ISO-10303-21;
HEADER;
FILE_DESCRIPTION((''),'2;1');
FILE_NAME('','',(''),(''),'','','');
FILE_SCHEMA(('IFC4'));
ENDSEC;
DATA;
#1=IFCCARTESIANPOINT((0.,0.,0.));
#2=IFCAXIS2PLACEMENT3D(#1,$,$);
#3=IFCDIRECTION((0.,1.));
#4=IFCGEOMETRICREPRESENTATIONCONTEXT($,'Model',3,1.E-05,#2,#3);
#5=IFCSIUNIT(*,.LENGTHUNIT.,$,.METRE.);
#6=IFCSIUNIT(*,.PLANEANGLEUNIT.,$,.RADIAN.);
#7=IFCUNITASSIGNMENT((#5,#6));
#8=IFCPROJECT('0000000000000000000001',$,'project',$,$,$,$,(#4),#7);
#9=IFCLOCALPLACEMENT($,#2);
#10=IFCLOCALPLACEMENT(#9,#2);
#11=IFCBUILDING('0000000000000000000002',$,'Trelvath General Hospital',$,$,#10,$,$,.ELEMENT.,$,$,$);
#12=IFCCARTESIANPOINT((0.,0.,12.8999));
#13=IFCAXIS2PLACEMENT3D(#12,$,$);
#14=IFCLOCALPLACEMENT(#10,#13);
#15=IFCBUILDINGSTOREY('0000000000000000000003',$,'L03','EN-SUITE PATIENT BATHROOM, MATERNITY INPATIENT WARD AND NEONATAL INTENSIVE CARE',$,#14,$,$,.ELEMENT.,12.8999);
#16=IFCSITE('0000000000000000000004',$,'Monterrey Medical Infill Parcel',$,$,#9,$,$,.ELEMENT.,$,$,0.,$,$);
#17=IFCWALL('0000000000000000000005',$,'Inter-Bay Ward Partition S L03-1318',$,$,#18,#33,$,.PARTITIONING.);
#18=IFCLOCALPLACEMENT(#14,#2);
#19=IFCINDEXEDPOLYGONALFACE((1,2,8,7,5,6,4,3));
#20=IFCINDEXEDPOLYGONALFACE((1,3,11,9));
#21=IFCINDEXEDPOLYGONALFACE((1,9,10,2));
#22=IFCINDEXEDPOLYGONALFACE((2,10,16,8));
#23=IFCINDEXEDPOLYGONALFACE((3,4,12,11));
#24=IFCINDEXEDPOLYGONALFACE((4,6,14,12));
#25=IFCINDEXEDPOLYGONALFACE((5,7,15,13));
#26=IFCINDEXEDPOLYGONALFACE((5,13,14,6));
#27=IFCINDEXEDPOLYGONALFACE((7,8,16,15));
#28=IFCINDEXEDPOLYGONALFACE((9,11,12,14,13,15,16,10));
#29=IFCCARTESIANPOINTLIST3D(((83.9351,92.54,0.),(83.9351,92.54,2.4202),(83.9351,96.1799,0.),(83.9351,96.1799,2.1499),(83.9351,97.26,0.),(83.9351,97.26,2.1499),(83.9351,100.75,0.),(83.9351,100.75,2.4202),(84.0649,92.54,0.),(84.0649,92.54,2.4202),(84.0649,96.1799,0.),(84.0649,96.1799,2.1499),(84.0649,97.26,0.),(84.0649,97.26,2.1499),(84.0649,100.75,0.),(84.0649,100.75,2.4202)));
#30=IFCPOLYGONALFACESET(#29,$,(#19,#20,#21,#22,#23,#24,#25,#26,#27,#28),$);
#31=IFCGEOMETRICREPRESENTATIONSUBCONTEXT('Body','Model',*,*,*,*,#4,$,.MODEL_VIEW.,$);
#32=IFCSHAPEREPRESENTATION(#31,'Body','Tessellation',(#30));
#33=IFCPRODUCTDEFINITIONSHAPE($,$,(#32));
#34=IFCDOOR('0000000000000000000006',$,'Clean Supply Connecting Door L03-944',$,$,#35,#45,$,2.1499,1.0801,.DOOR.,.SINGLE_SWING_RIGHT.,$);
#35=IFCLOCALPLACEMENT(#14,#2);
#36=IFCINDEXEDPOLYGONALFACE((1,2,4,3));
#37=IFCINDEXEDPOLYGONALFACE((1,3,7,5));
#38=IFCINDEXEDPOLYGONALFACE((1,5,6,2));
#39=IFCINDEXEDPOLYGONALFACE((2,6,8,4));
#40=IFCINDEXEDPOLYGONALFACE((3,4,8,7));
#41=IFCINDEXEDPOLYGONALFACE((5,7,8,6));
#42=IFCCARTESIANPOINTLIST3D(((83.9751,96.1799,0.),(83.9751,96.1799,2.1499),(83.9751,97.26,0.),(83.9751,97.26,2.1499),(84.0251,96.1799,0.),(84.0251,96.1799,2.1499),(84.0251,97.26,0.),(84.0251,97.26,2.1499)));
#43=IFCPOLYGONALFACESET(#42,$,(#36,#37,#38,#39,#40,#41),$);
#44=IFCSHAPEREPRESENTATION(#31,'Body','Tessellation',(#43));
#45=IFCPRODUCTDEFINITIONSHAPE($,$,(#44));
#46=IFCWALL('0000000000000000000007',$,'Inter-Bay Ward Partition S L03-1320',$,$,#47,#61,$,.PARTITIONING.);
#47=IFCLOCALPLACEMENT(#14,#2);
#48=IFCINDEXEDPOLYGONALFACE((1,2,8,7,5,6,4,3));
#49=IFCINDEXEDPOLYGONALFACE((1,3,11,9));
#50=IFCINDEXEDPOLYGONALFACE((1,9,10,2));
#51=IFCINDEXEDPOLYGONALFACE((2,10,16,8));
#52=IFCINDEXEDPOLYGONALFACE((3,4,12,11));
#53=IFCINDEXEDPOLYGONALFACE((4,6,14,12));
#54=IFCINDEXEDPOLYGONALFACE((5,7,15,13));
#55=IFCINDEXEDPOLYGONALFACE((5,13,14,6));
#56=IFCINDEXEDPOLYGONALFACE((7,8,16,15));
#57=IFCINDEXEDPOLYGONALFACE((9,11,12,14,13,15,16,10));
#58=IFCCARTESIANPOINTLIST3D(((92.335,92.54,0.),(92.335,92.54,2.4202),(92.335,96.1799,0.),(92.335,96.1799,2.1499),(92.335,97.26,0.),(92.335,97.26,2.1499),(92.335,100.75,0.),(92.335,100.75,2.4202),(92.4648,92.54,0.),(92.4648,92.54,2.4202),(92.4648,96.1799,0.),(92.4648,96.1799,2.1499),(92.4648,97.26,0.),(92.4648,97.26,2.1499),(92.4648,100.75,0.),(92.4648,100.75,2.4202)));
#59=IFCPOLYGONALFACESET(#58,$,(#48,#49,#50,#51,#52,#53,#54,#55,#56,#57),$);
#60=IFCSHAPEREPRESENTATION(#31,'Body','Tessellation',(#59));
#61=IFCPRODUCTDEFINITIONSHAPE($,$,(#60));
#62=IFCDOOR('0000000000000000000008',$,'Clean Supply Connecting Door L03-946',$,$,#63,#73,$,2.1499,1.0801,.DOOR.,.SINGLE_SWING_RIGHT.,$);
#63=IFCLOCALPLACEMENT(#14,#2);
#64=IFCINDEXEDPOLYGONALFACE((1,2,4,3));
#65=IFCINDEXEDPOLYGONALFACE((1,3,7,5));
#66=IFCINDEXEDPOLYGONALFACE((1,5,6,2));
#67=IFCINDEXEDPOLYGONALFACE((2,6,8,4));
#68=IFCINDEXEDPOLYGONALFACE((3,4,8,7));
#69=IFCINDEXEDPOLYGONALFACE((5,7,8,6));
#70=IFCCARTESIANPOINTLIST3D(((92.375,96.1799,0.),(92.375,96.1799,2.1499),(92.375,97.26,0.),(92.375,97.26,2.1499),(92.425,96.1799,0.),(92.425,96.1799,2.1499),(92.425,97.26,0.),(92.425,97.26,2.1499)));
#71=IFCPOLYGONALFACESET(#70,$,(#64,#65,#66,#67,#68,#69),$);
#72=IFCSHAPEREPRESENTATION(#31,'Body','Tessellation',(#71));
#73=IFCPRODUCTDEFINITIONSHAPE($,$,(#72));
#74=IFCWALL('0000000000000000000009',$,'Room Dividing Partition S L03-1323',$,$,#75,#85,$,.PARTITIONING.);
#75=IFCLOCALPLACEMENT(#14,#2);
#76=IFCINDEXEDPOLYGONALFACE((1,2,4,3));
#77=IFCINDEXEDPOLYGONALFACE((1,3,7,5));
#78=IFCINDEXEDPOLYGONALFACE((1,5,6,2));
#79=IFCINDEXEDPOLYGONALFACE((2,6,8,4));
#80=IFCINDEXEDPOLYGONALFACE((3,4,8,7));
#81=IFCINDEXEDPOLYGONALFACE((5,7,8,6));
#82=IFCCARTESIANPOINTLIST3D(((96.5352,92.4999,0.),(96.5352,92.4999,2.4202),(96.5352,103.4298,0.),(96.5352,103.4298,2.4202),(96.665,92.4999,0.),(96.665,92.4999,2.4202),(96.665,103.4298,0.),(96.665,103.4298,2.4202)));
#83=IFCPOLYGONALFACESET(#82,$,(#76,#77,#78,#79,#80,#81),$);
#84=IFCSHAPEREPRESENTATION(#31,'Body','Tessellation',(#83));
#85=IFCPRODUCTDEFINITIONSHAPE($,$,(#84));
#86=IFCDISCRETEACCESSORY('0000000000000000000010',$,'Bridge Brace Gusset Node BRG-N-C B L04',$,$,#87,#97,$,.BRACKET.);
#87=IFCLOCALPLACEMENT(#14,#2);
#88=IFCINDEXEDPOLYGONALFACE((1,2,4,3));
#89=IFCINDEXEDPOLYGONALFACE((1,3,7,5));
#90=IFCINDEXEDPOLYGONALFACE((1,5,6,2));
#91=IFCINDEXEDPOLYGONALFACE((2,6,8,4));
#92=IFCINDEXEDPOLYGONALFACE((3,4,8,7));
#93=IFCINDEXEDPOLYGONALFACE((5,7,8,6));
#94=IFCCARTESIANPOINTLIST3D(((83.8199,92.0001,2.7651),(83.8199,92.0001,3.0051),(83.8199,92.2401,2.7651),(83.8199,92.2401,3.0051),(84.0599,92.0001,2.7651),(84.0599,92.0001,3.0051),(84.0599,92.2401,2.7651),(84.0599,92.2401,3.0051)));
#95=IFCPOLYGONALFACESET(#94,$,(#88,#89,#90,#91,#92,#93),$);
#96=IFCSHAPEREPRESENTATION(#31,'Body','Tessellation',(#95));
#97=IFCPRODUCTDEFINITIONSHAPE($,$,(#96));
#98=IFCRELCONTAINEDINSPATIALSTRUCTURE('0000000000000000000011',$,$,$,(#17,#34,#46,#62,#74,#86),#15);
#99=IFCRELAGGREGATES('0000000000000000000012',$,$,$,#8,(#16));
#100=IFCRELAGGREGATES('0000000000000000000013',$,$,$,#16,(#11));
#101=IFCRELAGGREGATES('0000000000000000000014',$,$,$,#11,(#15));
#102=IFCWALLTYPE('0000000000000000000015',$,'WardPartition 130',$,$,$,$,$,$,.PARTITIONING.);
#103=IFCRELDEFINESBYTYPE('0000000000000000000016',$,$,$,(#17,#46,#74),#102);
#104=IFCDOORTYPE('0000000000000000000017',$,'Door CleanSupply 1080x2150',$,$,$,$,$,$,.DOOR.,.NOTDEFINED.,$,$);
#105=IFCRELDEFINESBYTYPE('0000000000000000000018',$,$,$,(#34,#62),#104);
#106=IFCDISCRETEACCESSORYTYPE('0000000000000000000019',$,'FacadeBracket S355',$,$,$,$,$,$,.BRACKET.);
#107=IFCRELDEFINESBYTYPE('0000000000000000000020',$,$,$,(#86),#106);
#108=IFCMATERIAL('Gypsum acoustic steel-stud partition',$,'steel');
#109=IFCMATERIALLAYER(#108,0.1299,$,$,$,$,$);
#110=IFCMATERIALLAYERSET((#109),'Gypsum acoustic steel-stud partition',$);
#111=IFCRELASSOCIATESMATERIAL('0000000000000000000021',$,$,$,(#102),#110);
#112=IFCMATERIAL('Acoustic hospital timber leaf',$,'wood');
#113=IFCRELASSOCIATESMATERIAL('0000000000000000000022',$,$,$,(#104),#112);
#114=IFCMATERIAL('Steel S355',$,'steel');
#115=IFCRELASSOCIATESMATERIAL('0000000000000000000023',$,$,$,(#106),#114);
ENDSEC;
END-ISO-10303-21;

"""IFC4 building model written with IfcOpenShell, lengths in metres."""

from ifc_helpers import new_model, si_unit, direction, frame, frame_2d, origin, origin_2d, place, context, subcontext, project, spatial, rectangle, extrude, material, layer, layer_set, type_object, element, fill, save


model = new_model("IFC4")

# Units and contexts
model_context = context("Model", 3, precision=1e-05, world=origin(), true_north=direction((0.0, 1.0)))
body_context = subcontext(model_context, "Body", "Model", "MODEL_VIEW")
ifc_project = project(units=[si_unit("LENGTHUNIT", "METRE"), si_unit("PLANEANGLEUNIT", "RADIAN")], contexts=[model_context])

# Site, building, storey
site_placement = place(None, origin())
site = spatial("IfcSite", under=ifc_project, at=site_placement, Name="Monterrey Medical Infill Parcel", CompositionType="ELEMENT", RefElevation=0.0)
building_placement = place(site_placement, origin())
building = spatial("IfcBuilding", under=site, at=building_placement, Name="Trelvath General Hospital", CompositionType="ELEMENT")
storey_placement = place(building_placement, frame((0.0, 0.0, 12.8999)))
storey = spatial("IfcBuildingStorey", under=building, at=storey_placement, Name="L03", Description="EN-SUITE PATIENT BATHROOM, MATERNITY INPATIENT WARD AND NEONATAL INTENSIVE CARE", CompositionType="ELEMENT", Elevation=12.8999)

# Walls, openings, doors
ifc_material_1 = material(Name="Gypsum acoustic steel-stud partition", Category="steel")
ifc_layer_1 = layer(ifc_material_1, 0.1299)
ifc_layer_set_1 = layer_set([ifc_layer_1], Name="Gypsum acoustic steel-stud partition")
wall_type_1 = type_object("IfcWallType", Name="WardPartition 130", PredefinedType="PARTITIONING", material=ifc_layer_set_1)
wall_1_placement = place(storey_placement, frame((84.0, 92.54, 0.0), z_axis=(0.0, 0.0, 1.0), x_axis=(0.0, 1.0, 0.0)))
wall_1 = element("IfcWall", 1, at=wall_1_placement, inside=storey, type_object=wall_type_1, Name="Inter-Bay Ward Partition S L03-1318", PredefinedType="PARTITIONING", context=body_context, shape_type="SweptSolid", body=[
    extrude(rectangle(XDim=8.21, YDim=0.1299, at=frame_2d((4.105, 0.0))), origin(), (0.0, 0.0, 1.0), 2.4202),
])
opening_1_placement = place(wall_1_placement, frame((3.6399, 0.0, 0.0)))
opening_1 = element("IfcOpeningElement", 2, at=opening_1_placement, cuts=wall_1, PredefinedType="OPENING", context=body_context, shape_type="SweptSolid", body=[
    extrude(rectangle(XDim=1.0801, YDim=2.1499, at=frame_2d((0.54, 1.075))), frame((0.0, 0.075, 0.0), z_axis=(0.0, -1.0, 0.0), x_axis=(1.0, 0.0, 0.0)), (0.0, 0.0, 1.0), 0.1499),
])
ifc_material_2 = material(Name="Acoustic hospital timber leaf", Category="wood")
door_type_1 = type_object("IfcDoorType", Name="Door CleanSupply 1080x2150", OperationType="NOTDEFINED", PredefinedType="DOOR", material=ifc_material_2)
door_1_placement = place(opening_1_placement, origin())
door_1 = element("IfcDoor", 3, at=door_1_placement, inside=storey, type_object=door_type_1, Name="Clean Supply Connecting Door L03-944", OperationType="SINGLE_SWING_RIGHT", OverallHeight=2.1499, OverallWidth=1.0801, PredefinedType="DOOR", context=body_context, shape_type="SweptSolid", body=[
    extrude(rectangle(XDim=1.0801, YDim=2.1499, at=frame_2d((0.54, 1.075))), frame((0.0, 0.0249, 0.0), z_axis=(0.0, -1.0, 0.0), x_axis=(1.0, 0.0, 0.0)), (0.0, 0.0, 1.0), 0.05),
])
fill(opening_1, door_1)
wall_2_placement = place(storey_placement, frame((92.3999, 92.54, 0.0), z_axis=(0.0, 0.0, 1.0), x_axis=(0.0, 1.0, 0.0)))
wall_2 = element("IfcWall", 4, at=wall_2_placement, inside=storey, type_object=wall_type_1, Name="Inter-Bay Ward Partition S L03-1320", PredefinedType="PARTITIONING", context=body_context, shape_type="SweptSolid", body=[
    extrude(rectangle(XDim=8.21, YDim=0.1299, at=frame_2d((4.105, 0.0))), origin(), (0.0, 0.0, 1.0), 2.4202),
])
opening_2_placement = place(wall_2_placement, frame((3.6399, 0.0, 0.0)))
opening_2 = element("IfcOpeningElement", 5, at=opening_2_placement, cuts=wall_2, PredefinedType="OPENING", context=body_context, shape_type="SweptSolid", body=[
    extrude(rectangle(XDim=1.0801, YDim=2.1499, at=frame_2d((0.54, 1.075))), frame((0.0, 0.075, 0.0), z_axis=(0.0, -1.0, 0.0), x_axis=(1.0, 0.0, 0.0)), (0.0, 0.0, 1.0), 0.1499),
])
door_2_placement = place(opening_2_placement, origin())
door_2 = element("IfcDoor", 6, at=door_2_placement, inside=storey, type_object=door_type_1, Name="Clean Supply Connecting Door L03-946", OperationType="SINGLE_SWING_RIGHT", OverallHeight=2.1499, OverallWidth=1.0801, PredefinedType="DOOR", context=body_context, shape_type="SweptSolid", body=[
    extrude(rectangle(XDim=1.0801, YDim=2.1499, at=frame_2d((0.54, 1.075))), frame((0.0, 0.0249, 0.0), z_axis=(0.0, -1.0, 0.0), x_axis=(1.0, 0.0, 0.0)), (0.0, 0.0, 1.0), 0.05),
])
fill(opening_2, door_2)

# Wall
wall_3_placement = place(storey_placement, frame((96.6001, 92.5, 0.0), z_axis=(0.0, 0.0, 1.0), x_axis=(0.0, 1.0, 0.0)))
element("IfcWall", 7, at=wall_3_placement, inside=storey, type_object=wall_type_1, Name="Room Dividing Partition S L03-1323", PredefinedType="PARTITIONING", context=body_context, shape_type="SweptSolid", body=[
    extrude(rectangle(XDim=10.9299, YDim=0.1299, at=frame_2d((5.4648, 0.0))), origin(), (0.0, 0.0, 1.0), 2.4202),
])

# Discrete accessory
ifc_material_3 = material(Name="Steel S355", Category="steel")
discrete_accessory_type = type_object("IfcDiscreteAccessoryType", Name="FacadeBracket S355", PredefinedType="BRACKET", material=ifc_material_3)
discrete_accessory_placement = place(storey_placement, frame((83.9399, 92.1201, 2.7651), z_axis=(0.0, 0.0, 1.0), x_axis=(1.0, 0.0, 0.0)))
element("IfcDiscreteAccessory", 8, at=discrete_accessory_placement, inside=storey, type_object=discrete_accessory_type, Name="Bridge Brace Gusset Node BRG-N-C B L04", PredefinedType="BRACKET", context=body_context, shape_type="SweptSolid", body=[
    extrude(rectangle(XDim=0.24, YDim=0.24, at=origin_2d()), origin(), (0.0, 0.0, 1.0), 0.24),
])

save(model, "model.ifc")
